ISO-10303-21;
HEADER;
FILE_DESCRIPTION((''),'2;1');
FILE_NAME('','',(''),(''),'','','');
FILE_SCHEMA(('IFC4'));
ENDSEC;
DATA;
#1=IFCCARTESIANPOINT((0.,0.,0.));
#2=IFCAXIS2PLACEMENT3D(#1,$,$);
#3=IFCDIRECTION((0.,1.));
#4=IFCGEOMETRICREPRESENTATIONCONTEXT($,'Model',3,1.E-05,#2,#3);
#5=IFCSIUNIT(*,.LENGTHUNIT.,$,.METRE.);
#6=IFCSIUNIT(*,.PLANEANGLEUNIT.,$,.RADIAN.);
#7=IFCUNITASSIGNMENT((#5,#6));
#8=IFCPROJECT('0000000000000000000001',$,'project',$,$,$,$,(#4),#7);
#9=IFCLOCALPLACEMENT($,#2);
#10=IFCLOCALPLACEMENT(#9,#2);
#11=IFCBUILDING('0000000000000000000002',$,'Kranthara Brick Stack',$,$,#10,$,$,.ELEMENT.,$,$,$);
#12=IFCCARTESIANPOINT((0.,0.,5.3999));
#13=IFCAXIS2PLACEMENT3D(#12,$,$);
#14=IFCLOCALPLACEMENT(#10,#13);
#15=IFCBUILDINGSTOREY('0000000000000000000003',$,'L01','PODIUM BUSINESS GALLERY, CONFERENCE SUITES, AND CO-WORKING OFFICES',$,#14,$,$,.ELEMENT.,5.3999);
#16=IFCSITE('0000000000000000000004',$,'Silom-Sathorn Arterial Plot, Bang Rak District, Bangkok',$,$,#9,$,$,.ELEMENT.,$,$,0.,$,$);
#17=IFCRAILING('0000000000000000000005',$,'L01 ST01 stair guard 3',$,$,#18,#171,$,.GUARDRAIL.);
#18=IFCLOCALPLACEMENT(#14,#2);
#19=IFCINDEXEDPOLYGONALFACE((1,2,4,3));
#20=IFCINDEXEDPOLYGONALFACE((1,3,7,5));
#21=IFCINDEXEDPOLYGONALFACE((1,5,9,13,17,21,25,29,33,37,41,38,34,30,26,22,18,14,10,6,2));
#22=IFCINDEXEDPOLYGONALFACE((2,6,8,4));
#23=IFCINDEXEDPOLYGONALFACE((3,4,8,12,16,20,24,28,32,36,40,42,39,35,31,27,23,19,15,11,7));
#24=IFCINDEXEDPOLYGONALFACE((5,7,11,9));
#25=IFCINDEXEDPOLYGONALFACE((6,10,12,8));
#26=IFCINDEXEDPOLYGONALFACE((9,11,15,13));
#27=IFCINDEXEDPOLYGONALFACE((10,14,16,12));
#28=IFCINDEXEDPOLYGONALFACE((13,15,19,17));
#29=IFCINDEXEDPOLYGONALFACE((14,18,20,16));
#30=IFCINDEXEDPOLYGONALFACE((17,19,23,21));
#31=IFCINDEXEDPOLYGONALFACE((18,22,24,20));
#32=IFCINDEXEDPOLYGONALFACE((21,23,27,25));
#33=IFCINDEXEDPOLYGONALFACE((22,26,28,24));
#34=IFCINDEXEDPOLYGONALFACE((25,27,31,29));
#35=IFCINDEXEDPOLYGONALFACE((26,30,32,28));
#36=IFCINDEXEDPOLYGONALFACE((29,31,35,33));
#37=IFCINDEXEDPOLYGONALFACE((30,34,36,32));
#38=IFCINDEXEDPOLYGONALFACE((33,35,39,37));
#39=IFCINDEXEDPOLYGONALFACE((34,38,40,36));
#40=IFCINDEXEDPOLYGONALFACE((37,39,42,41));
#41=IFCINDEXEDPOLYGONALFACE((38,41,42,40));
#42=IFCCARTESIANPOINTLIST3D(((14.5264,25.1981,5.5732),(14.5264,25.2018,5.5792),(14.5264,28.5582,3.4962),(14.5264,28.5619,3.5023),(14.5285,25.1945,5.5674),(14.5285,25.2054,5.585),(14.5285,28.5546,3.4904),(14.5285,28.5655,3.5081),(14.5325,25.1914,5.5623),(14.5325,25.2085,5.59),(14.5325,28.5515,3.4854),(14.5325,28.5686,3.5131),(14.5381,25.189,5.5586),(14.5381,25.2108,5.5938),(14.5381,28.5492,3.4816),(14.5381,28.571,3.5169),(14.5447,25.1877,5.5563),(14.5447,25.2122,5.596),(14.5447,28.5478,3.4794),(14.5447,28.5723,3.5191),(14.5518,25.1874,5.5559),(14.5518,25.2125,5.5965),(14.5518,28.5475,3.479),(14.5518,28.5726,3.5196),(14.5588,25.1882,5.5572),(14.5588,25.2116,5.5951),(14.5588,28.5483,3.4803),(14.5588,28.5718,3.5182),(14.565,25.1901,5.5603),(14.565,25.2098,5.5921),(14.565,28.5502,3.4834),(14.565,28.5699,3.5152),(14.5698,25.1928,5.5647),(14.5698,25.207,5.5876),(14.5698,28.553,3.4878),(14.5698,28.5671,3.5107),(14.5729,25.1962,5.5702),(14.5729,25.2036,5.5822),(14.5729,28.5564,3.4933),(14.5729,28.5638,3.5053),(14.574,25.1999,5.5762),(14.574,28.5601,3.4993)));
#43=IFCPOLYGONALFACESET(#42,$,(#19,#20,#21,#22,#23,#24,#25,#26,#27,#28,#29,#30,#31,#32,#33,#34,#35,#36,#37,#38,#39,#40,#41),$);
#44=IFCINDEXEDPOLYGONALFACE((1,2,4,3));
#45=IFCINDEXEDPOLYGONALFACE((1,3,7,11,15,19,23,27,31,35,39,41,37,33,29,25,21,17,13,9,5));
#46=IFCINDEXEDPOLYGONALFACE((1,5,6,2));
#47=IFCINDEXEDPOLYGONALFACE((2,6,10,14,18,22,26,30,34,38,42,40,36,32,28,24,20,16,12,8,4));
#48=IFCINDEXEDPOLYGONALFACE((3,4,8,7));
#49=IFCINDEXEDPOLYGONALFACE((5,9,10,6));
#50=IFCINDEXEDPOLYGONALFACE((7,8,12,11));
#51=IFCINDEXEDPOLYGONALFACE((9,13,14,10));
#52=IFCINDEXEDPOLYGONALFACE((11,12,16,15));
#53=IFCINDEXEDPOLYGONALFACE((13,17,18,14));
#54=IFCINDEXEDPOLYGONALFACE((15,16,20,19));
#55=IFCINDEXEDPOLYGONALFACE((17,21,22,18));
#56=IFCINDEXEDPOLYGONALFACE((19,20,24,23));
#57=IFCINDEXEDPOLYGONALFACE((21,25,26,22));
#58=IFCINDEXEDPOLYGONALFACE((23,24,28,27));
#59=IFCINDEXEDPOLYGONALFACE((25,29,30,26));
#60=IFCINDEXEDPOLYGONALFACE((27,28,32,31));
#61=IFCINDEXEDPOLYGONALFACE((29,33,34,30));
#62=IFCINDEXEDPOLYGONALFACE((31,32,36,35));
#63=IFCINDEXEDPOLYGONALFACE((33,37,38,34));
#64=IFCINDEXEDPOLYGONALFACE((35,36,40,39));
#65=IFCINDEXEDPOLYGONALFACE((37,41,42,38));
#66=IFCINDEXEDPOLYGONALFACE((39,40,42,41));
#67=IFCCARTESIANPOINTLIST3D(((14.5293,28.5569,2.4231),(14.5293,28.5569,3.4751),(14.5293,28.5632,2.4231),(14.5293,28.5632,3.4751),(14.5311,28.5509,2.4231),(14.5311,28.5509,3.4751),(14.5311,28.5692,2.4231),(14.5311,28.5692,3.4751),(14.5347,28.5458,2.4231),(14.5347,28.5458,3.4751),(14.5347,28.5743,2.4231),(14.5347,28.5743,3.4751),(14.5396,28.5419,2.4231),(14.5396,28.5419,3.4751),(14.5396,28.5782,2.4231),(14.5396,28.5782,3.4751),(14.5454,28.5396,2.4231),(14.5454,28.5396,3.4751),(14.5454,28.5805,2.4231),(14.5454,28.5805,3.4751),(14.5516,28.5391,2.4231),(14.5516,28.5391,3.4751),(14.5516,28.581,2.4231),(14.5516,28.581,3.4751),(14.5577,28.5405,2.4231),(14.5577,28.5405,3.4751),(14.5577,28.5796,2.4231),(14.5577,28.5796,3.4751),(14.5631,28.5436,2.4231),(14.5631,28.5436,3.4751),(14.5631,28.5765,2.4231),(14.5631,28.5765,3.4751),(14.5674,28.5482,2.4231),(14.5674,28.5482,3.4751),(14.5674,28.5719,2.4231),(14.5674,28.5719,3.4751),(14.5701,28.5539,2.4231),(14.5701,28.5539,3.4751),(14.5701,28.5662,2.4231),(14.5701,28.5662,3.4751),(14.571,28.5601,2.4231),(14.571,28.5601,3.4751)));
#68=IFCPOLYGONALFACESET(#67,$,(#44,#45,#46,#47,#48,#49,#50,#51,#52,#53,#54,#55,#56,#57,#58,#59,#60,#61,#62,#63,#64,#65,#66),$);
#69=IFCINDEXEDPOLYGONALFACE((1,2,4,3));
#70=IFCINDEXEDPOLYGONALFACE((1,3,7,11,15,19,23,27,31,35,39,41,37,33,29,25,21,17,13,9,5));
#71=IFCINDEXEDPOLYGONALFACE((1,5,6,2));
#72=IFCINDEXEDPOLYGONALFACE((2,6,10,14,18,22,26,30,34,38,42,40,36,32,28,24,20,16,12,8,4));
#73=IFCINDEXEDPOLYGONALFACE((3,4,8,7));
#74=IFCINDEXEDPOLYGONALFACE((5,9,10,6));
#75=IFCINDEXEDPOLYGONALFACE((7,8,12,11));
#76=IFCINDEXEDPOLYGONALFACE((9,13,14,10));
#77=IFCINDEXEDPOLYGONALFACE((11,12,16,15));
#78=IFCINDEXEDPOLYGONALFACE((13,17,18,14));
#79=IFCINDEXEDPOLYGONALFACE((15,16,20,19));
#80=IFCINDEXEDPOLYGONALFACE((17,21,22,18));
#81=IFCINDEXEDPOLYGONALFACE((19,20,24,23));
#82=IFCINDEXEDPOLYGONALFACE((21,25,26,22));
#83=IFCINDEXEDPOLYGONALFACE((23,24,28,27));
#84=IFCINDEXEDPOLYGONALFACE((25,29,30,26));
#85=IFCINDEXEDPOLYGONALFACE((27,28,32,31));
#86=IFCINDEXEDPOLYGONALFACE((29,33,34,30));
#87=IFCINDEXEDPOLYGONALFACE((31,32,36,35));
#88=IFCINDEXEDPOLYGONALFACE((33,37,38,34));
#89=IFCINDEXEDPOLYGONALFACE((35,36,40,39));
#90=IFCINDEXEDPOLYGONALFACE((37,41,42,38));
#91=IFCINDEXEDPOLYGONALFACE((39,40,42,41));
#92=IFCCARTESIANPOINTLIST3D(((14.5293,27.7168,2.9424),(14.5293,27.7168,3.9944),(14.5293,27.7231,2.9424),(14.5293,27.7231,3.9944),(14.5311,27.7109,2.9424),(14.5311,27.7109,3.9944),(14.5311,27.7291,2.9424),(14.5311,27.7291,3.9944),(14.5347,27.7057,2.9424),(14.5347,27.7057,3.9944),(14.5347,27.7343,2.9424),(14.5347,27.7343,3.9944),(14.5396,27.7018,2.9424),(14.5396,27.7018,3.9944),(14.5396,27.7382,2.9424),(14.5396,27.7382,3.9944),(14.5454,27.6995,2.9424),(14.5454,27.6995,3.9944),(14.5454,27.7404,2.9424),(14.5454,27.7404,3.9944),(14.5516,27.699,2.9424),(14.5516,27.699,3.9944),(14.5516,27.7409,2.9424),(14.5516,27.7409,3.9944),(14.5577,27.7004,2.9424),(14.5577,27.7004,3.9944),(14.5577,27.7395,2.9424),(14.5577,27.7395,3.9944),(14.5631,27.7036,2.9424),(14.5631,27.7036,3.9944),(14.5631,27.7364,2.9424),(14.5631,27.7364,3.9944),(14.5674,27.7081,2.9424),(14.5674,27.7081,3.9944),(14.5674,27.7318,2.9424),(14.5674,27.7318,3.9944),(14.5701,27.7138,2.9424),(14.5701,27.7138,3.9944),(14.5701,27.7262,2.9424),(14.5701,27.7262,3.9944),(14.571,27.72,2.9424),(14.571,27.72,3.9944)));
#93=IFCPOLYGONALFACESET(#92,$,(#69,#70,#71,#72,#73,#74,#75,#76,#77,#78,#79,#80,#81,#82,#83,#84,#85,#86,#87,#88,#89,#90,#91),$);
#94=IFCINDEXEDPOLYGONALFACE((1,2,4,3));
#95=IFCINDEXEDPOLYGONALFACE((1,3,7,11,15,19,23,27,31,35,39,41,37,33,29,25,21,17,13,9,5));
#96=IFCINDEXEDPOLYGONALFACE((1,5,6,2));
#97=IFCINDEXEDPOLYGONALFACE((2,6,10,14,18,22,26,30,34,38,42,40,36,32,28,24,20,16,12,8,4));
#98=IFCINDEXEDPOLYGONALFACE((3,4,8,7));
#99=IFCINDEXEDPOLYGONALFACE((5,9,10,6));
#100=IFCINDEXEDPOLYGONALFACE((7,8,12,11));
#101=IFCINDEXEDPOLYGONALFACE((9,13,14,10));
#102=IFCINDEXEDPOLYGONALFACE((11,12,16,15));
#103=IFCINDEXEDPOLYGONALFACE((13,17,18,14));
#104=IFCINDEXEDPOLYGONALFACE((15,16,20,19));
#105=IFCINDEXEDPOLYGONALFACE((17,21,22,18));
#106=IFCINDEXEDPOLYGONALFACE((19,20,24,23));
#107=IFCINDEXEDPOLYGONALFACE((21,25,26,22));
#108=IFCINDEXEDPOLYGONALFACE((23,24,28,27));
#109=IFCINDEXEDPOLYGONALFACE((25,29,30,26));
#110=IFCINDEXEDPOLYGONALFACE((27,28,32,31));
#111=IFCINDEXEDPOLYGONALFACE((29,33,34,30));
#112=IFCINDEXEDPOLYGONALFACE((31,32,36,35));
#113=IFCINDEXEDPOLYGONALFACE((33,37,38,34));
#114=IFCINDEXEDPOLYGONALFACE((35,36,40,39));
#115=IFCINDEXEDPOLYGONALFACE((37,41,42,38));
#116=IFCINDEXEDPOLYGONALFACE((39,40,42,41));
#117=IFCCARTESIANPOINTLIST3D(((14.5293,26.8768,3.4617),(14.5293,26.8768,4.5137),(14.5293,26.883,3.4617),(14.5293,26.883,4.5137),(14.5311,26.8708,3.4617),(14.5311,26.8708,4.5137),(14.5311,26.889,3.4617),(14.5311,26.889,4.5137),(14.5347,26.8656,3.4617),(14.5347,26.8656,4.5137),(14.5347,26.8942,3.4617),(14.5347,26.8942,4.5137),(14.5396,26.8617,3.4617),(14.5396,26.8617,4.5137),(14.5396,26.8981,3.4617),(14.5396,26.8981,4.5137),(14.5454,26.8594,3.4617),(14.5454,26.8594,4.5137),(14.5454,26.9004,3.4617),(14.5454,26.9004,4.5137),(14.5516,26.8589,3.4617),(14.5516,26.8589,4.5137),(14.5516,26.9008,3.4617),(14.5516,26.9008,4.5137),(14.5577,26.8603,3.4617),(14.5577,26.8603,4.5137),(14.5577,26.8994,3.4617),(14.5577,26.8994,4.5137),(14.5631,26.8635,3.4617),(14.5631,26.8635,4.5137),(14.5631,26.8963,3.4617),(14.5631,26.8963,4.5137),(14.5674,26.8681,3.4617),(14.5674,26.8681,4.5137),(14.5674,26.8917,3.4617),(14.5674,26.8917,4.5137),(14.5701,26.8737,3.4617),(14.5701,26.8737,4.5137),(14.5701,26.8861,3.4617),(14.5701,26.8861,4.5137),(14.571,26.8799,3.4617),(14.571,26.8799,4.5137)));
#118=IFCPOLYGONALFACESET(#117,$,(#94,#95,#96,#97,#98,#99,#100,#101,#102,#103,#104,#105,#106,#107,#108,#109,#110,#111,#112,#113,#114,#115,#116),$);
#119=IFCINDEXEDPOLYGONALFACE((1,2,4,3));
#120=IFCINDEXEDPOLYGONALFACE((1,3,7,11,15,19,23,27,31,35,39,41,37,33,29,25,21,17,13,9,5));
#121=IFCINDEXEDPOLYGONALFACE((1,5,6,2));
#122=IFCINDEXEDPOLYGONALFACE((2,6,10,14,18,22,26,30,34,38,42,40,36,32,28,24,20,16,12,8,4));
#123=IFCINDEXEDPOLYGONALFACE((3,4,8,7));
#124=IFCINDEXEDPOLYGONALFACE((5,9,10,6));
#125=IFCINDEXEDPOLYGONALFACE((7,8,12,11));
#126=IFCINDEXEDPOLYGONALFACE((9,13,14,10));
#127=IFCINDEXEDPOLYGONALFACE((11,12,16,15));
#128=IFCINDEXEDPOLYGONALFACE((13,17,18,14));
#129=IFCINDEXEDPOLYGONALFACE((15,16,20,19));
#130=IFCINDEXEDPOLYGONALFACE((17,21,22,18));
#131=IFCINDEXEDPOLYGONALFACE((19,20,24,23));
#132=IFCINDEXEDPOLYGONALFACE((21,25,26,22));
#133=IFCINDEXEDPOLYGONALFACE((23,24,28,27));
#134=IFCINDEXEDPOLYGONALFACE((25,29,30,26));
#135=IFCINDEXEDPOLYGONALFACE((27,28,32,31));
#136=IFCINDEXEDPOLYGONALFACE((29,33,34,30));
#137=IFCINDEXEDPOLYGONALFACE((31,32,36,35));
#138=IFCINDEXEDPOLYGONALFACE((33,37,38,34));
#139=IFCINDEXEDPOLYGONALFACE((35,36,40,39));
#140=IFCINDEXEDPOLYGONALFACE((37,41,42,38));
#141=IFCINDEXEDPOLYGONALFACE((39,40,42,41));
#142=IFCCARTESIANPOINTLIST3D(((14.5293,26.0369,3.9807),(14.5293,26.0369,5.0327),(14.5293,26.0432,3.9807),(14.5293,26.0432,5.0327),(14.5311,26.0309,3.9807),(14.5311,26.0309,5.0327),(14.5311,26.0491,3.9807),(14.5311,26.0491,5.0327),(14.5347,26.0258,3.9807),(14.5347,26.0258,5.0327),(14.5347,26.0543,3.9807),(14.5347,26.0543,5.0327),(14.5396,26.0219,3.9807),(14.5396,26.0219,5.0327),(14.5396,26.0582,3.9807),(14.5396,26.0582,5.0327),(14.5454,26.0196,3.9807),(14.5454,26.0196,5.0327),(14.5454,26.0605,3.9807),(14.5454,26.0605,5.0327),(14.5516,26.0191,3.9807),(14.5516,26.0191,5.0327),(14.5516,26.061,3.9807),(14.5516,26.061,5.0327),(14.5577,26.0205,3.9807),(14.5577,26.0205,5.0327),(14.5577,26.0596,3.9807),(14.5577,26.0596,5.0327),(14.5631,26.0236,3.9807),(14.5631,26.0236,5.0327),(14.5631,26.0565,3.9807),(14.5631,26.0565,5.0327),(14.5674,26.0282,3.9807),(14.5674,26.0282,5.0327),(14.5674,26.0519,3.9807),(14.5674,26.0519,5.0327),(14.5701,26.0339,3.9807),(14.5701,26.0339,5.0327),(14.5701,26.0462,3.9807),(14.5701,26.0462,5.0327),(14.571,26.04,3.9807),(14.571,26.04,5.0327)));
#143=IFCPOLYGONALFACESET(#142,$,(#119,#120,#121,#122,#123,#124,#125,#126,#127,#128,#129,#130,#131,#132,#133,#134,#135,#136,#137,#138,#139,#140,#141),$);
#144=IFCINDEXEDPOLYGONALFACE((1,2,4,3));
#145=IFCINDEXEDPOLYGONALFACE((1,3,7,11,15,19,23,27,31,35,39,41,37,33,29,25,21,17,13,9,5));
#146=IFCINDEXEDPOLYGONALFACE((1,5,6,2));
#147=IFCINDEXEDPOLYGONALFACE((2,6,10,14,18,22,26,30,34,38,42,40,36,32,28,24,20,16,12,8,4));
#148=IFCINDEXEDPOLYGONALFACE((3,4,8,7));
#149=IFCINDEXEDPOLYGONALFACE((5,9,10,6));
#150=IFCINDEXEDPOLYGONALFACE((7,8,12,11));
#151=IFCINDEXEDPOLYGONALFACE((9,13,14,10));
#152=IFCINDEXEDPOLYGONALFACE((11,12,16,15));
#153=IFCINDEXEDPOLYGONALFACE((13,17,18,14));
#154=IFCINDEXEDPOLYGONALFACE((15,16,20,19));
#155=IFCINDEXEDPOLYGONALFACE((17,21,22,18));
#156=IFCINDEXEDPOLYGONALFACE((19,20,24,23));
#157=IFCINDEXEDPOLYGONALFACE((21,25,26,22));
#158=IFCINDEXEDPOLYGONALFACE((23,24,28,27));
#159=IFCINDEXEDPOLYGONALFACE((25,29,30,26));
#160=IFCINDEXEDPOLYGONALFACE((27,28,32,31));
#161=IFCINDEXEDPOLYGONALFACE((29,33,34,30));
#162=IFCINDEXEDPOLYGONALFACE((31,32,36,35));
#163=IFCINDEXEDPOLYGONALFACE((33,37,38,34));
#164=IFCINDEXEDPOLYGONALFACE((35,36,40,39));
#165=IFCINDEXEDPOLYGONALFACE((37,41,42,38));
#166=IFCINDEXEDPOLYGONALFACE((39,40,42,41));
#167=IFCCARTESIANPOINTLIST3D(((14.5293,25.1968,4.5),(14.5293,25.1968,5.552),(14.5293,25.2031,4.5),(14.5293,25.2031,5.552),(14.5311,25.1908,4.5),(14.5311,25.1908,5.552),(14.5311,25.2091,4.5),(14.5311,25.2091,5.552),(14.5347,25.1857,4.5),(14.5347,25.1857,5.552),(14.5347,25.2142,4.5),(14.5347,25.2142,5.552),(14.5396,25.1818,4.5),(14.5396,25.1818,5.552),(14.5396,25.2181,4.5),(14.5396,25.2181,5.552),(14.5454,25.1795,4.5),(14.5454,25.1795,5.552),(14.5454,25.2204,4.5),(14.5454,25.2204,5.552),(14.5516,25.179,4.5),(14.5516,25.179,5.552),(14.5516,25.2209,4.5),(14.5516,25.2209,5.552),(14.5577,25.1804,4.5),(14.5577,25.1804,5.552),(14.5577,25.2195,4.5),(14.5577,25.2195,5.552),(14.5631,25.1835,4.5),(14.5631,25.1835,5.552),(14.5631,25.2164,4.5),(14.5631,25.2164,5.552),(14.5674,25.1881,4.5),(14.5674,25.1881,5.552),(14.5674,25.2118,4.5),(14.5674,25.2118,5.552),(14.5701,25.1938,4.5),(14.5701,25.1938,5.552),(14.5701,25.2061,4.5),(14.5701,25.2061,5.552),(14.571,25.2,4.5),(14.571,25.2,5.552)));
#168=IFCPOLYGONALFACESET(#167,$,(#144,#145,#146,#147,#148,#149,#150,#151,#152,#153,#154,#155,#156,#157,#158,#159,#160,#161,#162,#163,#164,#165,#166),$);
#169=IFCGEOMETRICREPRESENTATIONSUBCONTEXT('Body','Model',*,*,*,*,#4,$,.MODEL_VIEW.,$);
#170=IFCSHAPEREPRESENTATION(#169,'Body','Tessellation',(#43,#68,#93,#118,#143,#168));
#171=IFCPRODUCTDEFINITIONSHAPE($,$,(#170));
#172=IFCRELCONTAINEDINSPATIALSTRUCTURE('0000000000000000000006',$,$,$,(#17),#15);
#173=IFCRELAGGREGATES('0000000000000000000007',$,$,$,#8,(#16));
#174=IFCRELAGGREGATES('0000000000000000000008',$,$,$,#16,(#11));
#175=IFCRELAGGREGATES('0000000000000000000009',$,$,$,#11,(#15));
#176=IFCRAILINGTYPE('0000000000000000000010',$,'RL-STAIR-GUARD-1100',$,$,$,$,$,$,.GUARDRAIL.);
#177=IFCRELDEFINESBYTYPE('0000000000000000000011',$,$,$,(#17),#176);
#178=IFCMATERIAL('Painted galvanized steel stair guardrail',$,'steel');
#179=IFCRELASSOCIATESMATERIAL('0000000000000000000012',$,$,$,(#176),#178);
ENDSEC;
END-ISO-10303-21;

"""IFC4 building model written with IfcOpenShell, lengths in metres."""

from ifc_helpers import new_model, si_unit, direction, frame, origin, origin_2d, place, context, subcontext, project, spatial, circle, extrude, material, type_object, element, save


model = new_model("IFC4")

# Units and contexts
model_context = context("Model", 3, precision=1e-05, world=origin(), true_north=direction((0.0, 1.0)))
body_context = subcontext(model_context, "Body", "Model", "MODEL_VIEW")
ifc_project = project(units=[si_unit("LENGTHUNIT", "METRE"), si_unit("PLANEANGLEUNIT", "RADIAN")], contexts=[model_context])

# Site, building, storey
site_placement = place(None, origin())
site = spatial("IfcSite", under=ifc_project, at=site_placement, Name="Silom-Sathorn Arterial Plot, Bang Rak District, Bangkok", CompositionType="ELEMENT", RefElevation=0.0)
building_placement = place(site_placement, origin())
building = spatial("IfcBuilding", under=site, at=building_placement, Name="Kranthara Brick Stack", CompositionType="ELEMENT")
storey_placement = place(building_placement, frame((0.0, 0.0, 5.3999)))
storey = spatial("IfcBuildingStorey", under=building, at=storey_placement, Name="L01", Description="PODIUM BUSINESS GALLERY, CONFERENCE SUITES, AND CO-WORKING OFFICES", CompositionType="ELEMENT", Elevation=5.3999)

# Railing
ifc_material_1 = material(Name="Painted galvanized steel stair guardrail", Category="steel")
railing_type_1 = type_object("IfcRailingType", Name="RL-STAIR-GUARD-1100", PredefinedType="GUARDRAIL", material=ifc_material_1)
railing_1_placement = place(storey_placement, frame((14.55, 28.5601, 2.4231)))
element("IfcRailing", 1, at=railing_1_placement, inside=storey, type_object=railing_type_1, Name="L01 ST01 stair guard 3", PredefinedType="GUARDRAIL", context=body_context, shape_type="SweptSolid", body=[
    extrude(circle(Radius=0.0239, at=origin_2d()), frame((0.0, 0.0, 1.0762), z_axis=(0.0, -0.850623, 0.525776), x_axis=(1.0, 0.0, 0.0)), (0.0, 0.0, 1.0), 3.9502),
    extrude(circle(Radius=0.021, at=origin_2d()), origin(), (0.0, 0.0, 1.0), 1.052),
    extrude(circle(Radius=0.021, at=origin_2d()), frame((0.0, -0.8401, 0.5193)), (0.0, 0.0, 1.0), 1.052),
    extrude(circle(Radius=0.021, at=origin_2d()), frame((0.0, -1.6802, 1.0386)), (0.0, 0.0, 1.0), 1.052),
    extrude(circle(Radius=0.021, at=origin_2d()), frame((0.0, -2.52, 1.5576)), (0.0, 0.0, 1.0), 1.052),
    extrude(circle(Radius=0.021, at=origin_2d()), frame((0.0, -3.3601, 2.0769)), (0.0, 0.0, 1.0), 1.052),
])

save(model, "model.ifc")
